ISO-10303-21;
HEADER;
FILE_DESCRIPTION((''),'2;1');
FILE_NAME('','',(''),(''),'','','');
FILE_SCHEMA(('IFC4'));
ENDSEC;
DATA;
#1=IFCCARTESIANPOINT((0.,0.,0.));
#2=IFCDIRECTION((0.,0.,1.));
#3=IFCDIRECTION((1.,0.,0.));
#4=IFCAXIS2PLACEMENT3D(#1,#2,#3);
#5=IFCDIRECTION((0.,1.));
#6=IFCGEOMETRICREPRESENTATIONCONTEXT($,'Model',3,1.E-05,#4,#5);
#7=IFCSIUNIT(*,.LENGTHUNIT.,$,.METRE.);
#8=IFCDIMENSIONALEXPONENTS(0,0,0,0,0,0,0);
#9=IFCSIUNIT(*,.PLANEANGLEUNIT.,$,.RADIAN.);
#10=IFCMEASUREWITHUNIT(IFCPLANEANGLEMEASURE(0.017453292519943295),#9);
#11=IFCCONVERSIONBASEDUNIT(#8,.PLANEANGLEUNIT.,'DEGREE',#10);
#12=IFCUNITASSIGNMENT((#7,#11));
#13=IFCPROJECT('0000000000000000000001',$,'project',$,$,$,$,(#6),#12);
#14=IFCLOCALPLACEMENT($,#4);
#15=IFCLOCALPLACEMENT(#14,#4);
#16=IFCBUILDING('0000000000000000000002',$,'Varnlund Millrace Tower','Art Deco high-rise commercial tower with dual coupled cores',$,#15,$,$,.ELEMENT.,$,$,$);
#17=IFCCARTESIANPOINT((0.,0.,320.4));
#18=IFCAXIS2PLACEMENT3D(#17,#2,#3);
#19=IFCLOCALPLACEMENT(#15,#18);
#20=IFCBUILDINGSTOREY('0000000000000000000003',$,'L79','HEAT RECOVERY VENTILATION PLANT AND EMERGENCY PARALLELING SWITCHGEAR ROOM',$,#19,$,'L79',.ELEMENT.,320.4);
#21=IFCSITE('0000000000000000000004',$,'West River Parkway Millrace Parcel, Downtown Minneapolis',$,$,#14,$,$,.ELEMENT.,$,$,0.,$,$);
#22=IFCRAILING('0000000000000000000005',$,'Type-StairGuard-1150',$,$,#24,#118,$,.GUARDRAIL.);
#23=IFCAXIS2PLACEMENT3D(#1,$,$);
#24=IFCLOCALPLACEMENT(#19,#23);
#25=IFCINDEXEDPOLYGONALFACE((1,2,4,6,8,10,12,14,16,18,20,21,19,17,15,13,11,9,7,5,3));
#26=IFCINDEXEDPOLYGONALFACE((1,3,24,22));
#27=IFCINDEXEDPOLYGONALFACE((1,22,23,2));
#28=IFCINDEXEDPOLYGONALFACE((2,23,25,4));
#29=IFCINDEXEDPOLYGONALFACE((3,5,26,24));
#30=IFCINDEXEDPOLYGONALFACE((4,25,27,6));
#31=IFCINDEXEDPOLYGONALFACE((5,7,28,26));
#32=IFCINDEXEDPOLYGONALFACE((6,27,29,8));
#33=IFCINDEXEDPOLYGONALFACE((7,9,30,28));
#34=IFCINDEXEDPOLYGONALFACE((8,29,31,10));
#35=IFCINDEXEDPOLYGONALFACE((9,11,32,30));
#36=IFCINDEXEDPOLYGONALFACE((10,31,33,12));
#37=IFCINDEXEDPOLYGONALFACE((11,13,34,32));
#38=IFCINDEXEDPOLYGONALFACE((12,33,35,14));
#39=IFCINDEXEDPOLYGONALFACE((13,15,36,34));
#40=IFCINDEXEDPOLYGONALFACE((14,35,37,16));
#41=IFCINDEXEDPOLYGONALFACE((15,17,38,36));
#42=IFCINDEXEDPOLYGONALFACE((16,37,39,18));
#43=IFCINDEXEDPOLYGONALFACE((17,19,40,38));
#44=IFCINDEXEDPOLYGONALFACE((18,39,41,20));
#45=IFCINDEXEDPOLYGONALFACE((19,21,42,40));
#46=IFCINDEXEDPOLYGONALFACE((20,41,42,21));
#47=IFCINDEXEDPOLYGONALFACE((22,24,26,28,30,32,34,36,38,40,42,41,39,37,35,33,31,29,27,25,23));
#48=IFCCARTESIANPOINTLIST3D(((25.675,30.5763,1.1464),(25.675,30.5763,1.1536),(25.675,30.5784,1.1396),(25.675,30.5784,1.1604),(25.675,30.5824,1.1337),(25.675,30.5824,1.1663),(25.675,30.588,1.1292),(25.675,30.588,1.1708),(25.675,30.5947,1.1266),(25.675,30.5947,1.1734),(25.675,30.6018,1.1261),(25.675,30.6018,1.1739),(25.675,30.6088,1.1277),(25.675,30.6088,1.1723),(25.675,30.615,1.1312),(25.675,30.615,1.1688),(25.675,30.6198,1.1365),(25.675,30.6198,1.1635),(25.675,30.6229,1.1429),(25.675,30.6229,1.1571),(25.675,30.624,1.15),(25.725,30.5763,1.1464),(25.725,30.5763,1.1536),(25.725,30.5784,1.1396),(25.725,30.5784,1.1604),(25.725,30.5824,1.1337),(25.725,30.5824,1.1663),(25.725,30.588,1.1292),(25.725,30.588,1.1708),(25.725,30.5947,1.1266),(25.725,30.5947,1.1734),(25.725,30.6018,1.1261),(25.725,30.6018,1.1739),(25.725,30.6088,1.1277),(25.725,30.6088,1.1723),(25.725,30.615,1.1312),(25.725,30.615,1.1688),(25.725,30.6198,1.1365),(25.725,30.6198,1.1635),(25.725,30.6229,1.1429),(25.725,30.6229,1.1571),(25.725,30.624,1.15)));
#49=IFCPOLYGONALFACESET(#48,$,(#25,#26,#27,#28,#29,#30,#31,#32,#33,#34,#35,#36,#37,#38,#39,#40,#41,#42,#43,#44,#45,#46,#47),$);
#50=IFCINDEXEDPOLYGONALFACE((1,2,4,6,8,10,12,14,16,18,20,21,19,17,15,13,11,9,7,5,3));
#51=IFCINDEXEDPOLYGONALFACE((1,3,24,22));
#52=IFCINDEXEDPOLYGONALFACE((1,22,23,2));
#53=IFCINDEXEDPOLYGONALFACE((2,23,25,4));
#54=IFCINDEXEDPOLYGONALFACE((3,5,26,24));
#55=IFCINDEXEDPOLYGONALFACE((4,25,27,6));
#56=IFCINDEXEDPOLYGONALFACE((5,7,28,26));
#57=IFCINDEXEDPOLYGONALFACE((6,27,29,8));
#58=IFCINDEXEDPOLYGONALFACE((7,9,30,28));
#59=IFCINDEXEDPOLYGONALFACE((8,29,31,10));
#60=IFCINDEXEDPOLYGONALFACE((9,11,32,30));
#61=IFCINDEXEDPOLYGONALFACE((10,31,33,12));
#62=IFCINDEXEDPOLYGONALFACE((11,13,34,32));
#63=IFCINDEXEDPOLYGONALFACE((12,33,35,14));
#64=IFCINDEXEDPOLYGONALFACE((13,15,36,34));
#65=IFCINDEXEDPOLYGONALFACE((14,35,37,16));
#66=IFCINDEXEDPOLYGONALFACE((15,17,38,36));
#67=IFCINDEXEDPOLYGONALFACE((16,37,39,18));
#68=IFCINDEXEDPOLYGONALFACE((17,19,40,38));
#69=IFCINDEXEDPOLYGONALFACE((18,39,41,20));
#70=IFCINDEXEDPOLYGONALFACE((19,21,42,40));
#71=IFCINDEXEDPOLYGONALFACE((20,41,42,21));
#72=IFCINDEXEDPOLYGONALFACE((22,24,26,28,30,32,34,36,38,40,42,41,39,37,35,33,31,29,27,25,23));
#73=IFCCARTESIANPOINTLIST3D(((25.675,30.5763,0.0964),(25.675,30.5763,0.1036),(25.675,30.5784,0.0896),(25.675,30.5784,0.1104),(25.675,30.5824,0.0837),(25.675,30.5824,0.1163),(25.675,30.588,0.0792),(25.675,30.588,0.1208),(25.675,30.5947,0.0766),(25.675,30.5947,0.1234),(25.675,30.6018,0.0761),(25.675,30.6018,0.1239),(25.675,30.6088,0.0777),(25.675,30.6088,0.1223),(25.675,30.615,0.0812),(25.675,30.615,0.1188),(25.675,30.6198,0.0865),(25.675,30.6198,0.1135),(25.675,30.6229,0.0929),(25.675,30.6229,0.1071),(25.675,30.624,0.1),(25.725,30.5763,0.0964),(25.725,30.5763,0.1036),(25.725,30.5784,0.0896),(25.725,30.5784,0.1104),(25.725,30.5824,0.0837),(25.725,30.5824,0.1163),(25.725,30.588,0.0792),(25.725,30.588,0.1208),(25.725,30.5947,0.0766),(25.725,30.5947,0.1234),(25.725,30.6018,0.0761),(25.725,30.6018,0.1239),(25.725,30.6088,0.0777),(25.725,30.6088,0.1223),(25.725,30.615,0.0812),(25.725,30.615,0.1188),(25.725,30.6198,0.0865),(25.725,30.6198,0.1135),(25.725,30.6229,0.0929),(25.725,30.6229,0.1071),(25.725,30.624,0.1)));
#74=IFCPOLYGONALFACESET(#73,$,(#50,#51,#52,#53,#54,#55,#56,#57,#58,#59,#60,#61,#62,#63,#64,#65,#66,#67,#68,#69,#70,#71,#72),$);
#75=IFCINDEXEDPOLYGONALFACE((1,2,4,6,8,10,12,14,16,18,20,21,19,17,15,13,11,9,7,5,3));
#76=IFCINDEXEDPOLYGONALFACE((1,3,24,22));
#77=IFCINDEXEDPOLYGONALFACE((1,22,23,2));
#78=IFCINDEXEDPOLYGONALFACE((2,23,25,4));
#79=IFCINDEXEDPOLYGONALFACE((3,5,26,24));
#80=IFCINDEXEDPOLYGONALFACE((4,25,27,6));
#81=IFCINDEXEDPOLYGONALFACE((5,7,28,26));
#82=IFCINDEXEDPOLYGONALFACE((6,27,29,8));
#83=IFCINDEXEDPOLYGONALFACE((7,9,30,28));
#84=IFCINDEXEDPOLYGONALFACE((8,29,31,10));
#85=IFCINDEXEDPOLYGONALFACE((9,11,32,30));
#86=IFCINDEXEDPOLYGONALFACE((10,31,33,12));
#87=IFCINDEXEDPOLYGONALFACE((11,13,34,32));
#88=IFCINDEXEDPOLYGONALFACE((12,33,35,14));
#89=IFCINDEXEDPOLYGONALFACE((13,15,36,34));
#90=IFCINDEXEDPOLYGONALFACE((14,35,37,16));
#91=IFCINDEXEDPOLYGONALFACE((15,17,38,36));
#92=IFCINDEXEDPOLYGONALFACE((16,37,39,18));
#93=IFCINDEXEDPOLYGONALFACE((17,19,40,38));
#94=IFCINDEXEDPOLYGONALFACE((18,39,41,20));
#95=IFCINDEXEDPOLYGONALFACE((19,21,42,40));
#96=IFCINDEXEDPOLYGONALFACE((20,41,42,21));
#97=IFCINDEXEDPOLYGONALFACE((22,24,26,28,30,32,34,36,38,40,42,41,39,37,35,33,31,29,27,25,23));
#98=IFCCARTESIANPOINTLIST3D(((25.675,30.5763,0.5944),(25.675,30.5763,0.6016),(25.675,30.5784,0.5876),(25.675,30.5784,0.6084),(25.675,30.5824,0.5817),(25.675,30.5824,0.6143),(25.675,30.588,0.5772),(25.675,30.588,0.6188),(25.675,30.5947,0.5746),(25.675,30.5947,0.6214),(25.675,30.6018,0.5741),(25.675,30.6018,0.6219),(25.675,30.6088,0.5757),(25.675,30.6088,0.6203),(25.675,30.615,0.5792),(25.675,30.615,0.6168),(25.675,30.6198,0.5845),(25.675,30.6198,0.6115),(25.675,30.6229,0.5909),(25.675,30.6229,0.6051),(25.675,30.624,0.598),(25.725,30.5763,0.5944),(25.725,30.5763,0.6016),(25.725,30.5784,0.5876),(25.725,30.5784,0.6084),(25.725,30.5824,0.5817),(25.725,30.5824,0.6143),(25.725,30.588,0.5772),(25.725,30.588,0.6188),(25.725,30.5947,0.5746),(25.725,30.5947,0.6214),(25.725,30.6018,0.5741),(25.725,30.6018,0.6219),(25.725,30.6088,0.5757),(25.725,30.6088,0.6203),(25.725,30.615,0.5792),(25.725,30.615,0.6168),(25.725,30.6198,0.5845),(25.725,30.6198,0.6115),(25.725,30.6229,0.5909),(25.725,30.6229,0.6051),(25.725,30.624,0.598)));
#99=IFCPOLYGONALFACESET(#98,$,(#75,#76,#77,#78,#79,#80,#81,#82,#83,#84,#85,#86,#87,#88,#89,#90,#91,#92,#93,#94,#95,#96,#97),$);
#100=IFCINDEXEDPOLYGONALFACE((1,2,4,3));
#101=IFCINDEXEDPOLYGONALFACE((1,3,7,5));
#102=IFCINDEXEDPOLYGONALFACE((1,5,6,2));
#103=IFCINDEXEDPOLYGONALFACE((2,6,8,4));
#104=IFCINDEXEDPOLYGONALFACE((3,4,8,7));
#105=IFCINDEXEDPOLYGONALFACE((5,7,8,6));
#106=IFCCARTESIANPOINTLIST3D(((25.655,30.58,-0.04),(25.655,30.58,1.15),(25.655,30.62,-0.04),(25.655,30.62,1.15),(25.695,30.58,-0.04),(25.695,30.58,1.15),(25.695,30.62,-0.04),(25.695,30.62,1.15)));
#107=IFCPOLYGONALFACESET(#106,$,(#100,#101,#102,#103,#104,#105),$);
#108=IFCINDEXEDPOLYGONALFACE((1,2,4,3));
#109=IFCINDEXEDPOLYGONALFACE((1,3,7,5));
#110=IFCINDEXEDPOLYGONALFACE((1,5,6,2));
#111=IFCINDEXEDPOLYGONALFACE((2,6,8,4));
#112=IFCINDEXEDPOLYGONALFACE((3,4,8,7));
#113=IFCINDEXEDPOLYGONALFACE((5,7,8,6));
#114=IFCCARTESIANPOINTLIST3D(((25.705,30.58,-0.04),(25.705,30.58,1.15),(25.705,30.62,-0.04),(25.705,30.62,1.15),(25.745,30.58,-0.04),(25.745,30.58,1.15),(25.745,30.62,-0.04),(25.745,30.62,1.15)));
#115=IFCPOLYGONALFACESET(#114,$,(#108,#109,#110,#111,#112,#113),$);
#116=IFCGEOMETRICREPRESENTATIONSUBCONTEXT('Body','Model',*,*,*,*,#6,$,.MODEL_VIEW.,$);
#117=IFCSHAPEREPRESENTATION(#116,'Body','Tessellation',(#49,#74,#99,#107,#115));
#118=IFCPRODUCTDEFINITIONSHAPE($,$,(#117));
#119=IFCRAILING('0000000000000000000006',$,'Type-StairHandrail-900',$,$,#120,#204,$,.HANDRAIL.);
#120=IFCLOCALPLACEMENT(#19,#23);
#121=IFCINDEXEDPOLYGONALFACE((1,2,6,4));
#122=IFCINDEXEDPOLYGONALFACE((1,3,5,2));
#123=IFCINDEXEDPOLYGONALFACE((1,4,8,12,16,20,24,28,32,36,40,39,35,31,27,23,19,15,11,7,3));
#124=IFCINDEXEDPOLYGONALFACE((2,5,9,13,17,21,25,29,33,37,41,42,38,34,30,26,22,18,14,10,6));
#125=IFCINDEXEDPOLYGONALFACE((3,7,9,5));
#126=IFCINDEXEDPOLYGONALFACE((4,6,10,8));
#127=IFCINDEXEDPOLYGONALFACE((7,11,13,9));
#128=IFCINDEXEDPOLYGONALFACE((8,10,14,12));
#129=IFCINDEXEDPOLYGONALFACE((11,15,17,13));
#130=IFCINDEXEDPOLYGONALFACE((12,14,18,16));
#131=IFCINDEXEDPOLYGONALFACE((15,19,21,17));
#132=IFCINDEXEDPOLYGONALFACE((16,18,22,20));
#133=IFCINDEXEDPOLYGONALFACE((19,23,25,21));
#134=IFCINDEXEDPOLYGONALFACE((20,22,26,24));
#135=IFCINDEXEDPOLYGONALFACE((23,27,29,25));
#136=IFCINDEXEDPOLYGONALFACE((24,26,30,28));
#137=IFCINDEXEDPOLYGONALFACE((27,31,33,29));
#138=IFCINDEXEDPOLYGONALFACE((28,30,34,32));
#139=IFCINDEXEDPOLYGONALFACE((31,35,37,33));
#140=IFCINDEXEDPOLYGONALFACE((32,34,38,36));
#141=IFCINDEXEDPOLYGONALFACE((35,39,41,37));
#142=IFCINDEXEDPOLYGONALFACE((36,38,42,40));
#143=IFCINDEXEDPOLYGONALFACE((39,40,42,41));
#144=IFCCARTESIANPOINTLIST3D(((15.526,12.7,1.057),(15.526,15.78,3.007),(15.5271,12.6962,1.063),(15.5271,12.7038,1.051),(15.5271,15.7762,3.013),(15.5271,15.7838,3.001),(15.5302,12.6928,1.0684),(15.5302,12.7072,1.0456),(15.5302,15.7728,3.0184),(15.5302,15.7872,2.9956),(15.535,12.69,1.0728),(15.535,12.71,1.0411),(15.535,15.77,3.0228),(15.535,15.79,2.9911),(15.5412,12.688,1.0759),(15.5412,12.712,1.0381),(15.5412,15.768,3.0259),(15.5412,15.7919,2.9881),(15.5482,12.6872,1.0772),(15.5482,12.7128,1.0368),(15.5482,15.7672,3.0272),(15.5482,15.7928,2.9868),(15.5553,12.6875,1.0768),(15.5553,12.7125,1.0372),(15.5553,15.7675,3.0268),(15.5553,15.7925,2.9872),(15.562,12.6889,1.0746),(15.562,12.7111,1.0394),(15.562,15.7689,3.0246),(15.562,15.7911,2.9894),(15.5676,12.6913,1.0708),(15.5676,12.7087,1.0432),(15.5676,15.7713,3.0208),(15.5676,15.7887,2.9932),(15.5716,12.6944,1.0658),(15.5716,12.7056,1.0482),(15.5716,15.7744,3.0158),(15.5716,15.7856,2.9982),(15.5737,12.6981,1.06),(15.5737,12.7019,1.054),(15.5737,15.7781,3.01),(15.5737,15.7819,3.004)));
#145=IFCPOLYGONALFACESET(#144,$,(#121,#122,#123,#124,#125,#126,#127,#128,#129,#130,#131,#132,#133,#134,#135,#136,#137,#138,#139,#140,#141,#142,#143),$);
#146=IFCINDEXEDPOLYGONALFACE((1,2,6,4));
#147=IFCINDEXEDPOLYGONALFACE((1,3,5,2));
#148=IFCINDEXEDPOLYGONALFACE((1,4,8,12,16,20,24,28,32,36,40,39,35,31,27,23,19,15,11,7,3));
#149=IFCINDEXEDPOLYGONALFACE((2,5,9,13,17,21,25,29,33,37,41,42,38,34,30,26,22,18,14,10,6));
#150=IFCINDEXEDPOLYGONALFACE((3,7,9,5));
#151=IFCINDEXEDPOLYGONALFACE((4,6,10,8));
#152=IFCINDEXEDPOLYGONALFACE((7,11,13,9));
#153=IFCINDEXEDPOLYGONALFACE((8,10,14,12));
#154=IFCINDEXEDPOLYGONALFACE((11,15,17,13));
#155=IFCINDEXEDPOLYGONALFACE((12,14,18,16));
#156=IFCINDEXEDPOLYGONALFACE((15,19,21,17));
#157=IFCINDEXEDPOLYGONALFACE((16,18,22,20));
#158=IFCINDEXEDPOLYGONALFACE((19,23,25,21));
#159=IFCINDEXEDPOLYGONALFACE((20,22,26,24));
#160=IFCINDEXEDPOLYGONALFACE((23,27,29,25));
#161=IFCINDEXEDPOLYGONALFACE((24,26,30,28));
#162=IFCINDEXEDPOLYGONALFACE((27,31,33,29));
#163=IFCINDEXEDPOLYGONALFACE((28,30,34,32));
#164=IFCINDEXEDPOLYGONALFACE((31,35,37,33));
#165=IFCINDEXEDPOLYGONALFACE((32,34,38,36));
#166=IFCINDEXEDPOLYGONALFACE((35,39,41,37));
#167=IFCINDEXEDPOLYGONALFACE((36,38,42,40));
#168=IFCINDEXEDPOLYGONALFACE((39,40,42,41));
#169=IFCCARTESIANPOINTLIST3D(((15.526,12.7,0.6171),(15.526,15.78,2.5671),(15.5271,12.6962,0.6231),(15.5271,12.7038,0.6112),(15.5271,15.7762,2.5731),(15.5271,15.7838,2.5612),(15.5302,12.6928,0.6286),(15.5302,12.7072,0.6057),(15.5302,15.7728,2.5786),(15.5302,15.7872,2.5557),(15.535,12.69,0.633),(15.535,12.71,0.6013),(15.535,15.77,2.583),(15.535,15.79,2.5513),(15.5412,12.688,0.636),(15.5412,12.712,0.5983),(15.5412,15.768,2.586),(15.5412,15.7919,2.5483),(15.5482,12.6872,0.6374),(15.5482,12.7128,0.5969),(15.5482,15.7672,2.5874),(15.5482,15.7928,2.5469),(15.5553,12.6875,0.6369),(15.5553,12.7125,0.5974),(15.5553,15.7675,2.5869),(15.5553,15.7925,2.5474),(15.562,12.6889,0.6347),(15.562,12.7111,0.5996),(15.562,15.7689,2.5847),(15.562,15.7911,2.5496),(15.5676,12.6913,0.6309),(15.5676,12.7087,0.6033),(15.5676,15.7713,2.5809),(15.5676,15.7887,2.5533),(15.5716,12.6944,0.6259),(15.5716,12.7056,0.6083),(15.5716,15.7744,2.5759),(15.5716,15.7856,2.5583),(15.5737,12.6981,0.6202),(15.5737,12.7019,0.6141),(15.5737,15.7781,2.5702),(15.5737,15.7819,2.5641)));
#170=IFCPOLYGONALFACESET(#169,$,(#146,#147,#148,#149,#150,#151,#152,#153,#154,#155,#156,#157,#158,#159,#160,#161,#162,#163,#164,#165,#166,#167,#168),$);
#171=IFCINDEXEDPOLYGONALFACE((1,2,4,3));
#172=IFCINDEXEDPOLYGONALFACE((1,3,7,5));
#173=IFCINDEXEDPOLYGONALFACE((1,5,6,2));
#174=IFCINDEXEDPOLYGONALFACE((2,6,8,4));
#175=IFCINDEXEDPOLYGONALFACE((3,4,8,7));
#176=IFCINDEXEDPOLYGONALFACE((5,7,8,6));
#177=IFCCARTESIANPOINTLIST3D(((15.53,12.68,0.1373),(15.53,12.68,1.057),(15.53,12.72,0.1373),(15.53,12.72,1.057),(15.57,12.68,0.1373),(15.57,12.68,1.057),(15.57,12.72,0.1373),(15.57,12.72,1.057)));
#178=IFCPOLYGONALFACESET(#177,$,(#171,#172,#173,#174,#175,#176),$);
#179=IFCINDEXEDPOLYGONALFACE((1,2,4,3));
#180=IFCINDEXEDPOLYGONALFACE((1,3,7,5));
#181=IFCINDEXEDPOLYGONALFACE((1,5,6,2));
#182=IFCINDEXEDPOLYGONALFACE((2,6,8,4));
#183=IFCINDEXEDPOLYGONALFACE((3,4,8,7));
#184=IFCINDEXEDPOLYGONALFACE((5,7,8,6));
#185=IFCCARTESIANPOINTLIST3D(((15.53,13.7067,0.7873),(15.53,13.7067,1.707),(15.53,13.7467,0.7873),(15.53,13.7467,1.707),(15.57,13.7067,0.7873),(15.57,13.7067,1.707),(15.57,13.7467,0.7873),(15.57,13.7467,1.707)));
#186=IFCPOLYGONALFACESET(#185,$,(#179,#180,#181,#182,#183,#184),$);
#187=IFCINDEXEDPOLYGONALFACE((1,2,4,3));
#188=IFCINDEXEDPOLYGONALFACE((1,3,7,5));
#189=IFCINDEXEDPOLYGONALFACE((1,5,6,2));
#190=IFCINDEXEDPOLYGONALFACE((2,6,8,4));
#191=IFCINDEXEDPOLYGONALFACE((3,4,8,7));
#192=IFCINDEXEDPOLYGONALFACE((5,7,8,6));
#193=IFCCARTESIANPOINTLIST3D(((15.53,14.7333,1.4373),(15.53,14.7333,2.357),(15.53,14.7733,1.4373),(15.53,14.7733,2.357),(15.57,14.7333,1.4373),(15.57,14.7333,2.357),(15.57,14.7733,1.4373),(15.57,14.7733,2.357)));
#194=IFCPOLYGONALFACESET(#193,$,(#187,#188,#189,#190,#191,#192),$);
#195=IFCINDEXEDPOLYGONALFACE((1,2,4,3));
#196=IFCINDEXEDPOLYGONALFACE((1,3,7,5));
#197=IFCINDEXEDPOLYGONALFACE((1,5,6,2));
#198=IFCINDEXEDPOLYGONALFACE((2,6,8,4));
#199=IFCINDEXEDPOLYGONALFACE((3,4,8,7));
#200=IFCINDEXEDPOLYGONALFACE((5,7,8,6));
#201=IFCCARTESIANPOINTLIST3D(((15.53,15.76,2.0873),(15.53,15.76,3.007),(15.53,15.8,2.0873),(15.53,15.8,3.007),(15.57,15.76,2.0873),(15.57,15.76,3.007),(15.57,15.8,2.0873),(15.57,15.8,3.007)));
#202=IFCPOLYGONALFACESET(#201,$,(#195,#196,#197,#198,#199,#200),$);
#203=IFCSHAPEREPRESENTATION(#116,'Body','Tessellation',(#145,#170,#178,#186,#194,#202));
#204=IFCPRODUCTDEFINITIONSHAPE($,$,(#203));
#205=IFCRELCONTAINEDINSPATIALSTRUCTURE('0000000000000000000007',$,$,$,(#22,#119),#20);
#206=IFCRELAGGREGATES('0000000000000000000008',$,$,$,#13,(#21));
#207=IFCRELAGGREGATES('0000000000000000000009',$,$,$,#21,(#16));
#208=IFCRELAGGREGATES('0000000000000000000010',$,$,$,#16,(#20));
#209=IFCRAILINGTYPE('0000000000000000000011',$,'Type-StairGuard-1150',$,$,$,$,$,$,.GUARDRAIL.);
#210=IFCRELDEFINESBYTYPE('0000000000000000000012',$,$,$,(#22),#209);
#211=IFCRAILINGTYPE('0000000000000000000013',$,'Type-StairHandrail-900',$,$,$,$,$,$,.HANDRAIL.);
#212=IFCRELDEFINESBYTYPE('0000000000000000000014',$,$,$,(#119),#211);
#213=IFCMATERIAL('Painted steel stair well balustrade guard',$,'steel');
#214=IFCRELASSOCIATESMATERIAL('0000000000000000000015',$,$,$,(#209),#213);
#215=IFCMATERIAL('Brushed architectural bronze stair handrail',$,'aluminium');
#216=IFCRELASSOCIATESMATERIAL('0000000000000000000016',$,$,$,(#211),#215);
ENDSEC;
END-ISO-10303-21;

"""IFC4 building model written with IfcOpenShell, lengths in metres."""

from ifc_helpers import new_model, entity, si_unit, converted_unit, direction, frame, origin_with_axes, origin_2d_with_axis, place, context, subcontext, project, spatial, rectangle, circle, extrude, material, type_object, element, save


model = new_model("IFC4")

# Units and contexts
model_context = context("Model", 3, precision=1e-05, world=origin_with_axes(), true_north=direction((0.0, 1.0)))
body_context = subcontext(model_context, "Body", "Model", "MODEL_VIEW")
ifc_project = project(units=[si_unit("LENGTHUNIT", "METRE"), converted_unit("PLANEANGLEUNIT", "DEGREE", entity("IfcPlaneAngleMeasure", 0.017453292519943295), si_unit("PLANEANGLEUNIT", "RADIAN"), dimensions=[0, 0, 0, 0, 0, 0, 0])], contexts=[model_context])

# Site, building, storey
site_placement = place(None, origin_with_axes())
site = spatial("IfcSite", under=ifc_project, at=site_placement, Name="West River Parkway Millrace Parcel, Downtown Minneapolis", CompositionType="ELEMENT", RefElevation=0.0)
building_placement = place(site_placement, origin_with_axes())
building = spatial("IfcBuilding", under=site, at=building_placement, Name="Varnlund Millrace Tower", Description="Art Deco high-rise commercial tower with dual coupled cores", CompositionType="ELEMENT")
storey_placement = place(building_placement, frame((0.0, 0.0, 320.4), z_axis=(0.0, 0.0, 1.0), x_axis=(1.0, 0.0, 0.0)))
storey = spatial("IfcBuildingStorey", under=building, at=storey_placement, Name="L79", Description="HEAT RECOVERY VENTILATION PLANT AND EMERGENCY PARALLELING SWITCHGEAR ROOM", LongName="L79", CompositionType="ELEMENT", Elevation=320.4)

# Railings
ifc_material_1 = material(Name="Painted steel stair well balustrade guard", Category="steel")
railing_type_1 = type_object("IfcRailingType", Name="Type-StairGuard-1150", PredefinedType="GUARDRAIL", material=ifc_material_1)
railing_1_placement = place(storey_placement, frame((0.0, 0.0, -320.4), z_axis=(0.0, 0.0, 1.0), x_axis=(1.0, 0.0, 0.0)))
element("IfcRailing", 1, at=railing_1_placement, inside=storey, type_object=railing_type_1, Name="Type-StairGuard-1150", PredefinedType="GUARDRAIL", context=body_context, shape_type="SweptSolid", body=[
    extrude(circle(Radius=0.024, at=origin_2d_with_axis()), frame((25.675, 30.6, 321.55), z_axis=(1.0, 0.0, 0.0), x_axis=(0.0, 1.0, 0.0)), (0.0, 0.0, 1.0), 0.05),
    extrude(circle(Radius=0.024, at=origin_2d_with_axis()), frame((25.675, 30.6, 320.5), z_axis=(1.0, 0.0, 0.0), x_axis=(0.0, 1.0, 0.0)), (0.0, 0.0, 1.0), 0.05),
    extrude(circle(Radius=0.024, at=origin_2d_with_axis()), frame((25.675, 30.6, 320.998), z_axis=(1.0, 0.0, 0.0), x_axis=(0.0, 1.0, 0.0)), (0.0, 0.0, 1.0), 0.05),
    extrude(rectangle(XDim=0.04, YDim=0.04, at=origin_2d_with_axis()), frame((25.675, 30.6, 320.36), z_axis=(0.0, 0.0, 1.0), x_axis=(1.0, 0.0, 0.0)), (0.0, 0.0, 1.0), 1.19),
    extrude(rectangle(XDim=0.04, YDim=0.04, at=origin_2d_with_axis()), frame((25.725, 30.6, 320.36), z_axis=(0.0, 0.0, 1.0), x_axis=(1.0, 0.0, 0.0)), (0.0, 0.0, 1.0), 1.19),
])
ifc_material_2 = material(Name="Brushed architectural bronze stair handrail", Category="aluminium")
railing_type_2 = type_object("IfcRailingType", Name="Type-StairHandrail-900", PredefinedType="HANDRAIL", material=ifc_material_2)
railing_2_placement = place(storey_placement, frame((0.0, 0.0, -320.4), z_axis=(0.0, 0.0, 1.0), x_axis=(1.0, 0.0, 0.0)))
element("IfcRailing", 2, at=railing_2_placement, inside=storey, type_object=railing_type_2, Name="Type-StairHandrail-900", PredefinedType="HANDRAIL", context=body_context, shape_type="SweptSolid", body=[
    extrude(circle(Radius=0.024, at=origin_2d_with_axis()), frame((15.55, 12.7, 321.457), z_axis=(0.0, 0.844902, 0.534922), x_axis=(-1.0, 0.0, 0.0)), (0.0, 0.0, 1.0), 3.6454),
    extrude(circle(Radius=0.024, at=origin_2d_with_axis()), frame((15.55, 12.7, 321.0171), z_axis=(0.0, 0.844902, 0.534922), x_axis=(-1.0, 0.0, 0.0)), (0.0, 0.0, 1.0), 3.6454),
    extrude(rectangle(XDim=0.04, YDim=0.04, at=origin_2d_with_axis()), frame((15.55, 12.7, 320.5373), z_axis=(0.0, 0.0, 1.0), x_axis=(1.0, 0.0, 0.0)), (0.0, 0.0, 1.0), 0.9197),
    extrude(rectangle(XDim=0.04, YDim=0.04, at=origin_2d_with_axis()), frame((15.55, 13.7267, 321.1873), z_axis=(0.0, 0.0, 1.0), x_axis=(1.0, 0.0, 0.0)), (0.0, 0.0, 1.0), 0.9197),
    extrude(rectangle(XDim=0.04, YDim=0.04, at=origin_2d_with_axis()), frame((15.55, 14.7533, 321.8373), z_axis=(0.0, 0.0, 1.0), x_axis=(1.0, 0.0, 0.0)), (0.0, 0.0, 1.0), 0.9197),
    extrude(rectangle(XDim=0.04, YDim=0.04, at=origin_2d_with_axis()), frame((15.55, 15.78, 322.4873), z_axis=(0.0, 0.0, 1.0), x_axis=(1.0, 0.0, 0.0)), (0.0, 0.0, 1.0), 0.9197),
])

save(model, "model.ifc")
